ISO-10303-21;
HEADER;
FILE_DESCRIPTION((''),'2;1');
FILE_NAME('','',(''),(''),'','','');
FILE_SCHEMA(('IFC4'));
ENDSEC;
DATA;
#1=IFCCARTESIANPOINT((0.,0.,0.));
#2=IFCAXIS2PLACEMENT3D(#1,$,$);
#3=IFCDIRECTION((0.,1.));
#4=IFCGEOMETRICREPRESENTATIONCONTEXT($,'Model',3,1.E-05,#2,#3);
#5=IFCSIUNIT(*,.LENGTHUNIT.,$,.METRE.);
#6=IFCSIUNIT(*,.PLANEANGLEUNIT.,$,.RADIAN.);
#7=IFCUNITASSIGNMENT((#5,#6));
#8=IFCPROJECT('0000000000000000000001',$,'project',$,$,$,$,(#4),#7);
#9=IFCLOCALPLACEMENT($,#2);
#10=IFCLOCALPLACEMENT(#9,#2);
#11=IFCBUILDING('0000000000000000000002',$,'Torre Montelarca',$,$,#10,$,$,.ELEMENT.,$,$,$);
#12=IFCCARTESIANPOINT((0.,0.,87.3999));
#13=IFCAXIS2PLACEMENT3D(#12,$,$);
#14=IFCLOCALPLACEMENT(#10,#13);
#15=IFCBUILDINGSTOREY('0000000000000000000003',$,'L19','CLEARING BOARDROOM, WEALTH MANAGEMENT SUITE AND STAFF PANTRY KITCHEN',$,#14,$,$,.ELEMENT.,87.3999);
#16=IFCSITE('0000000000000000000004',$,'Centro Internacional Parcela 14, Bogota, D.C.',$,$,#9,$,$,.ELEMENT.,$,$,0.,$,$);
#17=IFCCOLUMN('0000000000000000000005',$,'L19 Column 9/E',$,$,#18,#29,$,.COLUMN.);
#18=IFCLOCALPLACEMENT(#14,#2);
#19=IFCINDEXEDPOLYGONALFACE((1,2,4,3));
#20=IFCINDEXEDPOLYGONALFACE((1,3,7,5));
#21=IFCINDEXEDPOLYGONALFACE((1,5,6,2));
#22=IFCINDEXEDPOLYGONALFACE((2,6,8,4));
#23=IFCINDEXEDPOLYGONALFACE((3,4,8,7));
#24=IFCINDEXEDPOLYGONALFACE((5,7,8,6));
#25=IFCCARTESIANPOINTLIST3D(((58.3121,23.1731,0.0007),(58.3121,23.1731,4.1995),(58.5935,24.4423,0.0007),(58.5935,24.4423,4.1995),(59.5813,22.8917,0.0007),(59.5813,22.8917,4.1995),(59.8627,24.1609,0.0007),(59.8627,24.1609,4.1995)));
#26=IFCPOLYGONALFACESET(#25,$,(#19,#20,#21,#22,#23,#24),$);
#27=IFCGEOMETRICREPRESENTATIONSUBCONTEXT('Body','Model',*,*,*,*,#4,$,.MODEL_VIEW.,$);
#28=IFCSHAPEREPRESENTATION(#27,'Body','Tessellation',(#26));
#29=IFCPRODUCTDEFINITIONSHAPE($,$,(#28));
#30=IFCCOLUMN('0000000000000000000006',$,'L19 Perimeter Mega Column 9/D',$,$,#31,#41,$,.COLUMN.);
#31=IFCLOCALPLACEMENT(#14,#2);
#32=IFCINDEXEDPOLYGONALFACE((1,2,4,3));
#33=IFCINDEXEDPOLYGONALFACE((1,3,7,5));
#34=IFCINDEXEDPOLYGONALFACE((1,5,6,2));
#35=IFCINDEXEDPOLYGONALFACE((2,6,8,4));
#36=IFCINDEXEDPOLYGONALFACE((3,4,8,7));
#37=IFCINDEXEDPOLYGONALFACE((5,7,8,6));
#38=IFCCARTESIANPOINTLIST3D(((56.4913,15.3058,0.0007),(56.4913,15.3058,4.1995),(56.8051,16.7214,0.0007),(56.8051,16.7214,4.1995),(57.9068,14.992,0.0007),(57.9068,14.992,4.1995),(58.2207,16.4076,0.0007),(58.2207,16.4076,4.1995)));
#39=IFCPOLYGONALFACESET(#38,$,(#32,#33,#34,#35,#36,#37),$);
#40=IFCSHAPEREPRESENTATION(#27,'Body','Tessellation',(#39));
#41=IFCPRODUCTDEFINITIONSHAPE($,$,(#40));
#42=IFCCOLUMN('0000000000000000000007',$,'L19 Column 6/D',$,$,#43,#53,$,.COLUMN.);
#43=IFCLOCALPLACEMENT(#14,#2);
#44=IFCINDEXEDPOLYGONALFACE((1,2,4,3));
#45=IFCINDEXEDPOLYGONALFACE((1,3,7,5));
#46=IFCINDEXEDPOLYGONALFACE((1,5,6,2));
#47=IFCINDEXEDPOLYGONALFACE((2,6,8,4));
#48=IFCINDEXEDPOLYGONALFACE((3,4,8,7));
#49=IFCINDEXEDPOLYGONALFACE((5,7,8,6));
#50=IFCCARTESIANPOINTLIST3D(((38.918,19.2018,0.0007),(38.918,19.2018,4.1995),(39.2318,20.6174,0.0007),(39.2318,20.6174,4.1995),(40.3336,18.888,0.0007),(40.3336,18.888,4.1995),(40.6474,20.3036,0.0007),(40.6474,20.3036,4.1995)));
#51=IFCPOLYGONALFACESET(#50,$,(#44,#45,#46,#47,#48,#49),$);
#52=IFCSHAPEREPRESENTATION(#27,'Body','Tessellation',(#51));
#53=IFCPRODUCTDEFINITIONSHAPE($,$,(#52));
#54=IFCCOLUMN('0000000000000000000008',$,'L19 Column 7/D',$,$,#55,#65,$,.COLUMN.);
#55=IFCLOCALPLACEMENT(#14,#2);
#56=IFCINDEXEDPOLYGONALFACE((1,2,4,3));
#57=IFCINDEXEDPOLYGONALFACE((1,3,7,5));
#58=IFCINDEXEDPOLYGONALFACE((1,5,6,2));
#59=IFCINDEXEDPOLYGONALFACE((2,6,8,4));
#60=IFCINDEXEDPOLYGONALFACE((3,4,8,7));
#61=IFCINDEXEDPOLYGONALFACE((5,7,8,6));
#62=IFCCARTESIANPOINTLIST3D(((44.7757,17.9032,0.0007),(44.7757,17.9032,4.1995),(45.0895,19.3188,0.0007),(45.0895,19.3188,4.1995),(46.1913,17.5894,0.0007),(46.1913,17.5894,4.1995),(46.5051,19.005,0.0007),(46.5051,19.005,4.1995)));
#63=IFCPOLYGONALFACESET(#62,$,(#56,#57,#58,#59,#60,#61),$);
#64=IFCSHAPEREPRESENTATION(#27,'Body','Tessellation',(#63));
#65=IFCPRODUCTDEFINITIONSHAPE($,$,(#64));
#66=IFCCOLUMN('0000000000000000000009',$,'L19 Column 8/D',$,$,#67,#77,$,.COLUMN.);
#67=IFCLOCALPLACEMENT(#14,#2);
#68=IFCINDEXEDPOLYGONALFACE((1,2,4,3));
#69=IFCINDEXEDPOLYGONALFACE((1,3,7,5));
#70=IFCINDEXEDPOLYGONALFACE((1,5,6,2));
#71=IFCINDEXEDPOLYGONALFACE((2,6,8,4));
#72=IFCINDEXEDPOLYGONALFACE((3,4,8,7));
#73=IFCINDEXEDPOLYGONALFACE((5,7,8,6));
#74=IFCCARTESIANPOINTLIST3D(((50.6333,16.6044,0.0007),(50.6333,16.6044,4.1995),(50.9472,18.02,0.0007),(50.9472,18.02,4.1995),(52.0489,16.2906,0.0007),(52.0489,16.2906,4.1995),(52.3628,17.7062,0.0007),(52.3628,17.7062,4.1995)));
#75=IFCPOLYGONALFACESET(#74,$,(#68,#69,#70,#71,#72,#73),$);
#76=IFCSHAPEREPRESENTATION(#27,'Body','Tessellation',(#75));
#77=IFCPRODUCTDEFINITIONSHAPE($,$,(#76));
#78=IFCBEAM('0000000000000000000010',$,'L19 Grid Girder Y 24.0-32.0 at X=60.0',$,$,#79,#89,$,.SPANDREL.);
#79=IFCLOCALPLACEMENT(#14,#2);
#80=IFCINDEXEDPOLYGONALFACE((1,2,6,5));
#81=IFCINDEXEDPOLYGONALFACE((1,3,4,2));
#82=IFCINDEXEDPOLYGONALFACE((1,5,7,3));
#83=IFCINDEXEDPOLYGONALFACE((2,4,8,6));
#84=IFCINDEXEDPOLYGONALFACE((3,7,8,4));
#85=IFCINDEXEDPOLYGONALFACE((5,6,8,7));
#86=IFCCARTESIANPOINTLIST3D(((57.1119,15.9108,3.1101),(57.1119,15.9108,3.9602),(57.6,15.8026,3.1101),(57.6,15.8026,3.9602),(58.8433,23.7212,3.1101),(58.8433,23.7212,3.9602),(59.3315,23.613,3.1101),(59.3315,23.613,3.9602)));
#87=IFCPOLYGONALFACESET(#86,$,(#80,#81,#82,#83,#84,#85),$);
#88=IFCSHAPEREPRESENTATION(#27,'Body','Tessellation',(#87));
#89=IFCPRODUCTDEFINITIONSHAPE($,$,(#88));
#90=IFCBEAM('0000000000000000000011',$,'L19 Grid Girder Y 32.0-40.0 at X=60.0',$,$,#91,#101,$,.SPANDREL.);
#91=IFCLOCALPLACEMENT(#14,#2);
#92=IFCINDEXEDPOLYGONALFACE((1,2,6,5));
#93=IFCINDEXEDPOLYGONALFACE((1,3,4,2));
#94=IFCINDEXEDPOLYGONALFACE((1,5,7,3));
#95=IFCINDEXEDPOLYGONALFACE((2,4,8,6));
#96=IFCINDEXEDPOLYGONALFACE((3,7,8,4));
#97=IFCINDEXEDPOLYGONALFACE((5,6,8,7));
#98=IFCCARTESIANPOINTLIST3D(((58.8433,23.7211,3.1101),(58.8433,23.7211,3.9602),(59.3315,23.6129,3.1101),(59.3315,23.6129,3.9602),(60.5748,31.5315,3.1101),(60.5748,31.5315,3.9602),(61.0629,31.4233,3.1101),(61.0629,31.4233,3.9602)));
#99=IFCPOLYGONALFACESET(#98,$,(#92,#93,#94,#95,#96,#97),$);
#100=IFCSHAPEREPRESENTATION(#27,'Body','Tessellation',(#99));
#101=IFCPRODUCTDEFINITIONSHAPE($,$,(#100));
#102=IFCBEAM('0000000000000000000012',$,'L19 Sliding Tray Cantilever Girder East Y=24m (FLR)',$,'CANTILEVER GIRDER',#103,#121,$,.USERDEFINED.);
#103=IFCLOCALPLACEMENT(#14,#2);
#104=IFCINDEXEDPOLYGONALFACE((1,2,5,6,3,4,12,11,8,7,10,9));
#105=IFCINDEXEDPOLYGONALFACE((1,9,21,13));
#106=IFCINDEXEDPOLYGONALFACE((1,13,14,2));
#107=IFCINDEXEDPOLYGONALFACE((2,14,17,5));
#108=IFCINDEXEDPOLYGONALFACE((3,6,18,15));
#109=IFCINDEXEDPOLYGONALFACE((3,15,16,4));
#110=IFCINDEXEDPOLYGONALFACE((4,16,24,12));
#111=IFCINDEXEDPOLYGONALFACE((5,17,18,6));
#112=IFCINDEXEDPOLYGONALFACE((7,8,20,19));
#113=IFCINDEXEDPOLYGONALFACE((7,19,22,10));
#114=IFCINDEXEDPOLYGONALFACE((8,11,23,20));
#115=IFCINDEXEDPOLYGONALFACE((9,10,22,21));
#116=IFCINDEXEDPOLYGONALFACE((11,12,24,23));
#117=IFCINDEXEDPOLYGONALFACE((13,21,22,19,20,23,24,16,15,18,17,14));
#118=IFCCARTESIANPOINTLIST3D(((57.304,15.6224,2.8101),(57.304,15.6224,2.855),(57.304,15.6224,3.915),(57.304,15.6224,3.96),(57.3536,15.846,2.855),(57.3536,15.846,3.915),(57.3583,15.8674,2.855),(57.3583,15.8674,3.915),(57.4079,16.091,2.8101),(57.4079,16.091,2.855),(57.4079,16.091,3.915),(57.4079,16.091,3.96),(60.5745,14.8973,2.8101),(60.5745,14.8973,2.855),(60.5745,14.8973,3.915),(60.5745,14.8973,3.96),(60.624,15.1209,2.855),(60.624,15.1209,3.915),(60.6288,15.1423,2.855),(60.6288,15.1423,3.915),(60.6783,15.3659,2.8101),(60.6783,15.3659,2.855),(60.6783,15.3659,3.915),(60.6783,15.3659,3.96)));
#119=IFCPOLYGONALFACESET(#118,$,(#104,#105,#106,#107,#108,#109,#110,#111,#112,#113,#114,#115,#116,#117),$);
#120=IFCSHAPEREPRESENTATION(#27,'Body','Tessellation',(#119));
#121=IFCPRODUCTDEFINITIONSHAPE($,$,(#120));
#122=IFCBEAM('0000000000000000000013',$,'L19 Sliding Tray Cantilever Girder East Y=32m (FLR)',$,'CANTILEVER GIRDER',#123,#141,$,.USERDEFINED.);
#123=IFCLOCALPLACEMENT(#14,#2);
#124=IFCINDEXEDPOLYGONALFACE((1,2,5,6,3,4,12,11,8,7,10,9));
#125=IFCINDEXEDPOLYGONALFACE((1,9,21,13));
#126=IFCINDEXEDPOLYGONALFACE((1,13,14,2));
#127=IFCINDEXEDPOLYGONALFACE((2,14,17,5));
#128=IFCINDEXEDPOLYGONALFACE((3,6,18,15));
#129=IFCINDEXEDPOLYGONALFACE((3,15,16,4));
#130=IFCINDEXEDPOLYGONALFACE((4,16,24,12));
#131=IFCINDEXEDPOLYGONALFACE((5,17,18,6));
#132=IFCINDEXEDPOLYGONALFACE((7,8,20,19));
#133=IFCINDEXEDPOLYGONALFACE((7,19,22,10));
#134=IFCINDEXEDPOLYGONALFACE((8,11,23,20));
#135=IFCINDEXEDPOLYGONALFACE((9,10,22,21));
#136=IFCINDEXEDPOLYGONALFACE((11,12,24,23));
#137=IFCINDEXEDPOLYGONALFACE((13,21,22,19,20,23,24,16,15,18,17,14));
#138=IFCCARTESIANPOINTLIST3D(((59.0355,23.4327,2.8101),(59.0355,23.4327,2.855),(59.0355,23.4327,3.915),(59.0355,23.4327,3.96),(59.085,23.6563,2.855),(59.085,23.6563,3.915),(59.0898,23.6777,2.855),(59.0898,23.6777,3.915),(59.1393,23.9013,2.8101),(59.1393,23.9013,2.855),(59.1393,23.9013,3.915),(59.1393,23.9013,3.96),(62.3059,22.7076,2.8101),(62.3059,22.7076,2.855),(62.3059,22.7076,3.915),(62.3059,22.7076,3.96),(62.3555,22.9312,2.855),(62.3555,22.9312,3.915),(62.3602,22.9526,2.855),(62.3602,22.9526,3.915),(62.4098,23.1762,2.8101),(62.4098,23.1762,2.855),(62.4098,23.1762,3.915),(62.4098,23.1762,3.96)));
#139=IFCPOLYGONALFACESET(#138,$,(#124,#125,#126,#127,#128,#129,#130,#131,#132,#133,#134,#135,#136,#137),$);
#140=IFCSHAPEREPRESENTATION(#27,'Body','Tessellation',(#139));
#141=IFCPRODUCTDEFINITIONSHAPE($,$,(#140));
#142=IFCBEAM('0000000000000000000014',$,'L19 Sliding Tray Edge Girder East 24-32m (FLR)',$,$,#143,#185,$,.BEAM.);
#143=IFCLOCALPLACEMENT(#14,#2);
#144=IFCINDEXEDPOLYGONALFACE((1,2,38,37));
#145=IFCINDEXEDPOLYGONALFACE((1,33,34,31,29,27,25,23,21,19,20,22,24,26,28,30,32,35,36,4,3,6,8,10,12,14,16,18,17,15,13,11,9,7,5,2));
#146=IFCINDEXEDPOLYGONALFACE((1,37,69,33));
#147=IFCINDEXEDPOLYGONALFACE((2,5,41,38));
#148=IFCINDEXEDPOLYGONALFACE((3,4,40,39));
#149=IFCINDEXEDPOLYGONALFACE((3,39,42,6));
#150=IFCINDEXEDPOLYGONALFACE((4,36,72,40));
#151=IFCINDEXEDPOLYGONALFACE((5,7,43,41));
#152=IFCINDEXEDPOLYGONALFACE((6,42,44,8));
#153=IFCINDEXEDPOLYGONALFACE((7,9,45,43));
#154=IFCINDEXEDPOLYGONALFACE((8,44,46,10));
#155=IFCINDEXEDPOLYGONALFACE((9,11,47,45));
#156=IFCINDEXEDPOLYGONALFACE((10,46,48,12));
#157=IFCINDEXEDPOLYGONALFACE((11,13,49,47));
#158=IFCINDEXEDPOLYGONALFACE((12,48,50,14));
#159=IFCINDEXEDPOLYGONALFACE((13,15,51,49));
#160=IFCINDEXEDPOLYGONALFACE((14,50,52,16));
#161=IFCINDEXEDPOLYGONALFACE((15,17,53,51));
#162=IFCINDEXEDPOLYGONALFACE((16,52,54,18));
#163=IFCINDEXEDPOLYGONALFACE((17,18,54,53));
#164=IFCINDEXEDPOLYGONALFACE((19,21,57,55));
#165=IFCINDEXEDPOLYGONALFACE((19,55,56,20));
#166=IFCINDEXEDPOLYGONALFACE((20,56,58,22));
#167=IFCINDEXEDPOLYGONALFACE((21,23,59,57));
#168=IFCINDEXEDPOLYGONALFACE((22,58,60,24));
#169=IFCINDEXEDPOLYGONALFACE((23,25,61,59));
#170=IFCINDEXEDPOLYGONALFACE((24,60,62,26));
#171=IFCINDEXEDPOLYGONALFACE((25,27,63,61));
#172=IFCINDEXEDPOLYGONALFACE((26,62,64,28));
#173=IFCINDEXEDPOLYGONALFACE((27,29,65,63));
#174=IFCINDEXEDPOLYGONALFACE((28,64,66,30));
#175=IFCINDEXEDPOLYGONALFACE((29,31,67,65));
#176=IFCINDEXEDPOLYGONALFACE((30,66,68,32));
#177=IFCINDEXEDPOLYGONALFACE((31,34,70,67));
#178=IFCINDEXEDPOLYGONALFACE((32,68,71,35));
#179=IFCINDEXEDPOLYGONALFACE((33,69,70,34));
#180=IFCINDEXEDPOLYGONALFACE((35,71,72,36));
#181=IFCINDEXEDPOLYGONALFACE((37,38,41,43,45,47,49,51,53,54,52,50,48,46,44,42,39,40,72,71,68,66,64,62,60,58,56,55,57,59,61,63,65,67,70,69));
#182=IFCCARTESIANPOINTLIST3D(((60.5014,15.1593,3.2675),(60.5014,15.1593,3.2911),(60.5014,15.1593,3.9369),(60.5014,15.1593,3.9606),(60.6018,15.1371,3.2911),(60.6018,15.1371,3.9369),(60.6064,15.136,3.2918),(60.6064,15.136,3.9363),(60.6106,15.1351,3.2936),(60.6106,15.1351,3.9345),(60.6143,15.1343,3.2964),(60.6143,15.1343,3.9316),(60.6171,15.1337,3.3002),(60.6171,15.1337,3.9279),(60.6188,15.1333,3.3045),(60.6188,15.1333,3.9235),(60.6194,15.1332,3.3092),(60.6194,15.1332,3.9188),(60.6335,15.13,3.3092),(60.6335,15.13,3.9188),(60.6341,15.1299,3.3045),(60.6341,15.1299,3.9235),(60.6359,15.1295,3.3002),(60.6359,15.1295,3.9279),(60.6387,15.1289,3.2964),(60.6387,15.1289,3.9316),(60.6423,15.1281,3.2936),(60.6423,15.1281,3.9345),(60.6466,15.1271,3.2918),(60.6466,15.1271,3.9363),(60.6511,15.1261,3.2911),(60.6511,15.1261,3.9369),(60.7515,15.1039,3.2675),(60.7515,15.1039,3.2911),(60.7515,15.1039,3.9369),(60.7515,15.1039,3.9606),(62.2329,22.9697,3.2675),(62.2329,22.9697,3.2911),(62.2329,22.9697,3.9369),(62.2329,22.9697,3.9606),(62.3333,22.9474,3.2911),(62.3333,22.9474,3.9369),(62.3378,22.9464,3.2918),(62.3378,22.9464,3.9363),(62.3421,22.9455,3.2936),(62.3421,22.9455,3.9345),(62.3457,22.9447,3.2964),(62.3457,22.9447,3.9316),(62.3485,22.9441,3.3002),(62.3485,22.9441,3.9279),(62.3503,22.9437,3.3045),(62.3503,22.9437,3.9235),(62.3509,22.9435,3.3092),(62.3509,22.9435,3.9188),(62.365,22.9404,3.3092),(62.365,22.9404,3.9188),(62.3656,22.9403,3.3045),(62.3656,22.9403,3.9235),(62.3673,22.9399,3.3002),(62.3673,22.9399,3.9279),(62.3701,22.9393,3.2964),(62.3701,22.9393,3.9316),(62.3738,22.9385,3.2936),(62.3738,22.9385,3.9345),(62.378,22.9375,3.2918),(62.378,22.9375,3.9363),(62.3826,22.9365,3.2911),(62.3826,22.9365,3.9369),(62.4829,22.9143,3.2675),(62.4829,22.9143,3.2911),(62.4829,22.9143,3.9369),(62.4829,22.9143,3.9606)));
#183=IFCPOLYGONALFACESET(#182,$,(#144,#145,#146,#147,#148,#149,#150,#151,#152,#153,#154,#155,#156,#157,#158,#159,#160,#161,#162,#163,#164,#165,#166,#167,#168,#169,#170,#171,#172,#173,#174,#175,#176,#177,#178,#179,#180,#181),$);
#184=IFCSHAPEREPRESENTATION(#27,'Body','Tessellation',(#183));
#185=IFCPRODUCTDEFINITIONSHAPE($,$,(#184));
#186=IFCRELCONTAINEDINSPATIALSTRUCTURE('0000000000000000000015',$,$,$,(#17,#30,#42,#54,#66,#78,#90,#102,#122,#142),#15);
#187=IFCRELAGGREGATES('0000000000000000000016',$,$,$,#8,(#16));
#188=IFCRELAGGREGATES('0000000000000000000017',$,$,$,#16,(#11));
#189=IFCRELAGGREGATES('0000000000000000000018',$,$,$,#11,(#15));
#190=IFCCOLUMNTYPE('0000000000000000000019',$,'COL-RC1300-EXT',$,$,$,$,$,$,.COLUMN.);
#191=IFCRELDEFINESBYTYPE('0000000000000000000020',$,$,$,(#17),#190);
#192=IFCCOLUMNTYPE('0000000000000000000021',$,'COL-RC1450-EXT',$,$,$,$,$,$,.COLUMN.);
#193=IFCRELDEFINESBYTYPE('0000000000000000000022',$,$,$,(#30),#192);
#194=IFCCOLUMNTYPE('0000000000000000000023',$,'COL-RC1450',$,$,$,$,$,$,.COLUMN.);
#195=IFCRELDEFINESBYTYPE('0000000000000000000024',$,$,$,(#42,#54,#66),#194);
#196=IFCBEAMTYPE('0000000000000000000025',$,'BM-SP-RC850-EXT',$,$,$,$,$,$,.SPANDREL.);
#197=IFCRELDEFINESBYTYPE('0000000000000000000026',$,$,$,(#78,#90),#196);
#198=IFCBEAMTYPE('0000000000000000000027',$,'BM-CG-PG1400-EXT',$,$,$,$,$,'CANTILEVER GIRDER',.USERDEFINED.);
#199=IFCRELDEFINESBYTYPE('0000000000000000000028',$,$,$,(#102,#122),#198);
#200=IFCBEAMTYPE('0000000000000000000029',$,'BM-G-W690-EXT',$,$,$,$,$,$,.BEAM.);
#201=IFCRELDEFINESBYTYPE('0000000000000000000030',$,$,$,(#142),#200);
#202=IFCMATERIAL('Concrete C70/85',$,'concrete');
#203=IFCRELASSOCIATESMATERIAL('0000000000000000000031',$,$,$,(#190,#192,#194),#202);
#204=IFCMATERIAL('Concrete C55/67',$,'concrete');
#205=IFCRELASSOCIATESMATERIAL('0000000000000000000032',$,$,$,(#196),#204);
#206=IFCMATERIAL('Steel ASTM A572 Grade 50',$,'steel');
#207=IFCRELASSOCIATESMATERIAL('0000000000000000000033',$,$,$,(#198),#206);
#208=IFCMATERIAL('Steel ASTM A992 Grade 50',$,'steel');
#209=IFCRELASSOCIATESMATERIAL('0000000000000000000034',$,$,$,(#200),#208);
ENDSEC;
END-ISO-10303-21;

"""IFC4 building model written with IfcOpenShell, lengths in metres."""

from ifc_helpers import new_model, si_unit, direction, frame, origin, origin_2d, place, context, subcontext, project, spatial, rectangle, i_section, extrude, source, transform, mapped, material, material_profile, profile_set, type_object, element, save


model = new_model("IFC4")

# Units and contexts
model_context = context("Model", 3, precision=1e-05, world=origin(), true_north=direction((0.0, 1.0)))
body_context = subcontext(model_context, "Body", "Model", "MODEL_VIEW")
ifc_project = project(units=[si_unit("LENGTHUNIT", "METRE"), si_unit("PLANEANGLEUNIT", "RADIAN")], contexts=[model_context])

# Site, building, storey
site_placement = place(None, origin())
site = spatial("IfcSite", under=ifc_project, at=site_placement, Name="Centro Internacional Parcela 14, Bogota, D.C.", CompositionType="ELEMENT", RefElevation=0.0)
building_placement = place(site_placement, origin())
building = spatial("IfcBuilding", under=site, at=building_placement, Name="Torre Montelarca", CompositionType="ELEMENT")
storey_placement = place(building_placement, frame((0.0, 0.0, 87.3999)))
storey = spatial("IfcBuildingStorey", under=building, at=storey_placement, Name="L19", Description="CLEARING BOARDROOM, WEALTH MANAGEMENT SUITE AND STAFF PANTRY KITCHEN", CompositionType="ELEMENT", Elevation=87.3999)

# Columns
ifc_material_1 = material(Name="Concrete C70/85", Category="concrete")
ifc_material_profile_1 = material_profile(ifc_material_1, rectangle(XDim=1.3, YDim=1.3, at=origin_2d()), Name="RC1300X1300", Category="concrete")
ifc_profile_set_1 = profile_set([ifc_material_profile_1], Name="Concrete C70/85")
column_type_1 = type_object("IfcColumnType", Name="COL-RC1300-EXT", PredefinedType="COLUMN", material=ifc_profile_set_1)
shared_shape_1 = source(origin(), body_context, "Body", "SweptSolid", [
    extrude(rectangle(XDim=1.3, YDim=1.3, at=origin_2d()), origin(), (0.0, 0.0, 1.0), 4.1987),
])
column_1_placement = place(storey_placement, frame((59.0874, 23.667, 0.0007), z_axis=(0.0, 0.0, 1.0), x_axis=(-0.976296, 0.21644, 0.0)))
element("IfcColumn", 1, at=column_1_placement, inside=storey, type_object=column_type_1, Name="L19 Column 9/E", PredefinedType="COLUMN", context=body_context, shape_type="MappedRepresentation", body=[
    mapped(shared_shape_1, transform((0.0, 0.0, 0.0), scale=1.0)),
])
ifc_material_profile_2 = material_profile(ifc_material_1, rectangle(XDim=1.45, YDim=1.45, at=origin_2d()), Name="RC1450X1450", Category="concrete")
ifc_profile_set_2 = profile_set([ifc_material_profile_2], Name="Concrete C70/85")
column_type_2 = type_object("IfcColumnType", Name="COL-RC1450-EXT", PredefinedType="COLUMN", material=ifc_profile_set_2)
shared_shape_2 = source(origin(), body_context, "Body", "SweptSolid", [
    extrude(rectangle(XDim=1.45, YDim=1.45, at=origin_2d()), origin(), (0.0, 0.0, 1.0), 4.1987),
])
column_2_placement = place(storey_placement, frame((57.356, 15.8567, 0.0007), z_axis=(0.0, 0.0, 1.0), x_axis=(-0.976296, 0.21644, 0.0)))
element("IfcColumn", 2, at=column_2_placement, inside=storey, type_object=column_type_2, Name="L19 Perimeter Mega Column 9/D", PredefinedType="COLUMN", context=body_context, shape_type="MappedRepresentation", body=[
    mapped(shared_shape_2, transform((0.0, 0.0, 0.0), scale=1.0)),
])
ifc_material_profile_3 = material_profile(ifc_material_1, rectangle(XDim=1.45, YDim=1.45, at=origin_2d()), Name="RC1450X1450", Category="concrete")
ifc_profile_set_3 = profile_set([ifc_material_profile_3], Name="Concrete C70/85")
column_type_3 = type_object("IfcColumnType", Name="COL-RC1450", PredefinedType="COLUMN", material=ifc_profile_set_3)
shared_shape_3 = source(origin(), body_context, "Body", "SweptSolid", [
    extrude(rectangle(XDim=1.45, YDim=1.45, at=origin_2d()), origin(), (0.0, 0.0, 1.0), 4.1987),
])
for number, where, z_axis, x_axis, name in (
    (3, (39.7827, 19.7527, 0.0007), (0.0, 0.0, 1.0), (-0.976296, 0.21644, 0.0), "L19 Column 6/D"),
    (4, (45.6404, 18.4541, 0.0007), (0.0, 0.0, 1.0), (-0.976296, 0.21644, 0.0), "L19 Column 7/D"),
    (5, (51.498, 17.1553, 0.0007), (0.0, 0.0, 1.0), (-0.976296, 0.21644, 0.0), "L19 Column 8/D"),
):
    element("IfcColumn", number, at=place(storey_placement, frame(where, z_axis=z_axis, x_axis=x_axis)), inside=storey, type_object=column_type_3, Name=name, PredefinedType="COLUMN", context=body_context, shape_type="MappedRepresentation", body=[
        mapped(shared_shape_3, transform((0.0, 0.0, 0.0), scale=1.0)),
    ])

# Beams
ifc_material_2 = material(Name="Concrete C55/67", Category="concrete")
ifc_material_profile_4 = material_profile(ifc_material_2, rectangle(XDim=0.5, YDim=0.8501, at=origin_2d()), Name="RCB500X850", Category="concrete")
ifc_profile_set_4 = profile_set([ifc_material_profile_4], Name="Concrete C55/67")
beam_type_1 = type_object("IfcBeamType", Name="BM-SP-RC850-EXT", PredefinedType="SPANDREL", material=ifc_profile_set_4)
shared_shape_4 = source(origin(), body_context, "Body", "SweptSolid", [
    extrude(rectangle(XDim=0.5, YDim=0.8501, at=origin_2d()), origin(), (0.0, 0.0, 1.0), 8.0),
])
for number, where, z_axis, x_axis, name in (
    (6, (57.356, 15.8567, 3.5352), (0.216433, 0.976298, 0.0), (-0.976298, 0.216433, 0.0), "L19 Grid Girder Y 24.0-32.0 at X=60.0"),
    (7, (59.0874, 23.667, 3.5352), (0.216433, 0.976298, 0.0), (-0.976298, 0.216433, 0.0), "L19 Grid Girder Y 32.0-40.0 at X=60.0"),
):
    element("IfcBeam", number, at=place(storey_placement, frame(where, z_axis=z_axis, x_axis=x_axis)), inside=storey, type_object=beam_type_1, Name=name, PredefinedType="SPANDREL", context=body_context, shape_type="MappedRepresentation", body=[
        mapped(shared_shape_4, transform((0.0, 0.0, 0.0), scale=1.0)),
    ])
ifc_material_3 = material(Name="Steel ASTM A572 Grade 50", Category="steel")
ifc_material_profile_5 = material_profile(ifc_material_3, i_section(OverallWidth=0.48, OverallDepth=1.1499, WebThickness=0.022, FlangeThickness=0.0449, at=origin_2d()), Name="PG1150X480X22X45", Category="steel")
ifc_profile_set_5 = profile_set([ifc_material_profile_5], Name="Steel ASTM A572 Grade 50")
beam_type_2 = type_object("IfcBeamType", Name="BM-CG-PG1400-EXT", ElementType="CANTILEVER GIRDER", PredefinedType="USERDEFINED", material=ifc_profile_set_5)
shared_shape_5 = source(origin(), body_context, "Body", "SweptSolid", [
    extrude(i_section(OverallWidth=0.48, OverallDepth=1.1499, WebThickness=0.022, FlangeThickness=0.0449, at=origin_2d()), origin(), (0.0, 0.0, 1.0), 3.3499),
])
for number, where, z_axis, x_axis, name in (
    (8, (57.356, 15.8567, 3.385), (0.976293, -0.216452, 0.0), (0.216452, 0.976293, 0.0), "L19 Sliding Tray Cantilever Girder East Y=24m (FLR)"),
    (9, (59.0874, 23.667, 3.385), (0.976293, -0.216452, 0.0), (0.216452, 0.976293, 0.0), "L19 Sliding Tray Cantilever Girder East Y=32m (FLR)"),
):
    element("IfcBeam", number, at=place(storey_placement, frame(where, z_axis=z_axis, x_axis=x_axis)), inside=storey, type_object=beam_type_2, Name=name, ObjectType="CANTILEVER GIRDER", PredefinedType="USERDEFINED", context=body_context, shape_type="MappedRepresentation", body=[
        mapped(shared_shape_5, transform((0.0, 0.0, 0.0), scale=1.0)),
    ])
ifc_material_4 = material(Name="Steel ASTM A992 Grade 50", Category="steel")
ifc_material_profile_6 = material_profile(ifc_material_4, i_section(OverallWidth=0.2561, OverallDepth=0.6931, WebThickness=0.0144, FlangeThickness=0.0237, FilletRadius=0.0181, at=origin_2d()), Name="W690X170", Category="steel")
ifc_profile_set_6 = profile_set([ifc_material_profile_6], Name="Steel ASTM A992 Grade 50")
beam_type_3 = type_object("IfcBeamType", Name="BM-G-W690-EXT", PredefinedType="BEAM", material=ifc_profile_set_6)
shared_shape_6 = source(origin(), body_context, "Body", "SweptSolid", [
    extrude(i_section(OverallWidth=0.2561, OverallDepth=0.6931, WebThickness=0.0144, FlangeThickness=0.0237, FilletRadius=0.0181, at=origin_2d()), origin(), (0.0, 0.0, 1.0), 8.0),
])
beam_1_placement = place(storey_placement, frame((60.6265, 15.1316, 3.614), z_axis=(0.216433, 0.976298, 0.0), x_axis=(-0.976298, 0.216433, 0.0)))
element("IfcBeam", 10, at=beam_1_placement, inside=storey, type_object=beam_type_3, Name="L19 Sliding Tray Edge Girder East 24-32m (FLR)", PredefinedType="BEAM", context=body_context, shape_type="MappedRepresentation", body=[
    mapped(shared_shape_6, transform((0.0, 0.0, 0.0), scale=1.0)),
])

save(model, "model.ifc")
